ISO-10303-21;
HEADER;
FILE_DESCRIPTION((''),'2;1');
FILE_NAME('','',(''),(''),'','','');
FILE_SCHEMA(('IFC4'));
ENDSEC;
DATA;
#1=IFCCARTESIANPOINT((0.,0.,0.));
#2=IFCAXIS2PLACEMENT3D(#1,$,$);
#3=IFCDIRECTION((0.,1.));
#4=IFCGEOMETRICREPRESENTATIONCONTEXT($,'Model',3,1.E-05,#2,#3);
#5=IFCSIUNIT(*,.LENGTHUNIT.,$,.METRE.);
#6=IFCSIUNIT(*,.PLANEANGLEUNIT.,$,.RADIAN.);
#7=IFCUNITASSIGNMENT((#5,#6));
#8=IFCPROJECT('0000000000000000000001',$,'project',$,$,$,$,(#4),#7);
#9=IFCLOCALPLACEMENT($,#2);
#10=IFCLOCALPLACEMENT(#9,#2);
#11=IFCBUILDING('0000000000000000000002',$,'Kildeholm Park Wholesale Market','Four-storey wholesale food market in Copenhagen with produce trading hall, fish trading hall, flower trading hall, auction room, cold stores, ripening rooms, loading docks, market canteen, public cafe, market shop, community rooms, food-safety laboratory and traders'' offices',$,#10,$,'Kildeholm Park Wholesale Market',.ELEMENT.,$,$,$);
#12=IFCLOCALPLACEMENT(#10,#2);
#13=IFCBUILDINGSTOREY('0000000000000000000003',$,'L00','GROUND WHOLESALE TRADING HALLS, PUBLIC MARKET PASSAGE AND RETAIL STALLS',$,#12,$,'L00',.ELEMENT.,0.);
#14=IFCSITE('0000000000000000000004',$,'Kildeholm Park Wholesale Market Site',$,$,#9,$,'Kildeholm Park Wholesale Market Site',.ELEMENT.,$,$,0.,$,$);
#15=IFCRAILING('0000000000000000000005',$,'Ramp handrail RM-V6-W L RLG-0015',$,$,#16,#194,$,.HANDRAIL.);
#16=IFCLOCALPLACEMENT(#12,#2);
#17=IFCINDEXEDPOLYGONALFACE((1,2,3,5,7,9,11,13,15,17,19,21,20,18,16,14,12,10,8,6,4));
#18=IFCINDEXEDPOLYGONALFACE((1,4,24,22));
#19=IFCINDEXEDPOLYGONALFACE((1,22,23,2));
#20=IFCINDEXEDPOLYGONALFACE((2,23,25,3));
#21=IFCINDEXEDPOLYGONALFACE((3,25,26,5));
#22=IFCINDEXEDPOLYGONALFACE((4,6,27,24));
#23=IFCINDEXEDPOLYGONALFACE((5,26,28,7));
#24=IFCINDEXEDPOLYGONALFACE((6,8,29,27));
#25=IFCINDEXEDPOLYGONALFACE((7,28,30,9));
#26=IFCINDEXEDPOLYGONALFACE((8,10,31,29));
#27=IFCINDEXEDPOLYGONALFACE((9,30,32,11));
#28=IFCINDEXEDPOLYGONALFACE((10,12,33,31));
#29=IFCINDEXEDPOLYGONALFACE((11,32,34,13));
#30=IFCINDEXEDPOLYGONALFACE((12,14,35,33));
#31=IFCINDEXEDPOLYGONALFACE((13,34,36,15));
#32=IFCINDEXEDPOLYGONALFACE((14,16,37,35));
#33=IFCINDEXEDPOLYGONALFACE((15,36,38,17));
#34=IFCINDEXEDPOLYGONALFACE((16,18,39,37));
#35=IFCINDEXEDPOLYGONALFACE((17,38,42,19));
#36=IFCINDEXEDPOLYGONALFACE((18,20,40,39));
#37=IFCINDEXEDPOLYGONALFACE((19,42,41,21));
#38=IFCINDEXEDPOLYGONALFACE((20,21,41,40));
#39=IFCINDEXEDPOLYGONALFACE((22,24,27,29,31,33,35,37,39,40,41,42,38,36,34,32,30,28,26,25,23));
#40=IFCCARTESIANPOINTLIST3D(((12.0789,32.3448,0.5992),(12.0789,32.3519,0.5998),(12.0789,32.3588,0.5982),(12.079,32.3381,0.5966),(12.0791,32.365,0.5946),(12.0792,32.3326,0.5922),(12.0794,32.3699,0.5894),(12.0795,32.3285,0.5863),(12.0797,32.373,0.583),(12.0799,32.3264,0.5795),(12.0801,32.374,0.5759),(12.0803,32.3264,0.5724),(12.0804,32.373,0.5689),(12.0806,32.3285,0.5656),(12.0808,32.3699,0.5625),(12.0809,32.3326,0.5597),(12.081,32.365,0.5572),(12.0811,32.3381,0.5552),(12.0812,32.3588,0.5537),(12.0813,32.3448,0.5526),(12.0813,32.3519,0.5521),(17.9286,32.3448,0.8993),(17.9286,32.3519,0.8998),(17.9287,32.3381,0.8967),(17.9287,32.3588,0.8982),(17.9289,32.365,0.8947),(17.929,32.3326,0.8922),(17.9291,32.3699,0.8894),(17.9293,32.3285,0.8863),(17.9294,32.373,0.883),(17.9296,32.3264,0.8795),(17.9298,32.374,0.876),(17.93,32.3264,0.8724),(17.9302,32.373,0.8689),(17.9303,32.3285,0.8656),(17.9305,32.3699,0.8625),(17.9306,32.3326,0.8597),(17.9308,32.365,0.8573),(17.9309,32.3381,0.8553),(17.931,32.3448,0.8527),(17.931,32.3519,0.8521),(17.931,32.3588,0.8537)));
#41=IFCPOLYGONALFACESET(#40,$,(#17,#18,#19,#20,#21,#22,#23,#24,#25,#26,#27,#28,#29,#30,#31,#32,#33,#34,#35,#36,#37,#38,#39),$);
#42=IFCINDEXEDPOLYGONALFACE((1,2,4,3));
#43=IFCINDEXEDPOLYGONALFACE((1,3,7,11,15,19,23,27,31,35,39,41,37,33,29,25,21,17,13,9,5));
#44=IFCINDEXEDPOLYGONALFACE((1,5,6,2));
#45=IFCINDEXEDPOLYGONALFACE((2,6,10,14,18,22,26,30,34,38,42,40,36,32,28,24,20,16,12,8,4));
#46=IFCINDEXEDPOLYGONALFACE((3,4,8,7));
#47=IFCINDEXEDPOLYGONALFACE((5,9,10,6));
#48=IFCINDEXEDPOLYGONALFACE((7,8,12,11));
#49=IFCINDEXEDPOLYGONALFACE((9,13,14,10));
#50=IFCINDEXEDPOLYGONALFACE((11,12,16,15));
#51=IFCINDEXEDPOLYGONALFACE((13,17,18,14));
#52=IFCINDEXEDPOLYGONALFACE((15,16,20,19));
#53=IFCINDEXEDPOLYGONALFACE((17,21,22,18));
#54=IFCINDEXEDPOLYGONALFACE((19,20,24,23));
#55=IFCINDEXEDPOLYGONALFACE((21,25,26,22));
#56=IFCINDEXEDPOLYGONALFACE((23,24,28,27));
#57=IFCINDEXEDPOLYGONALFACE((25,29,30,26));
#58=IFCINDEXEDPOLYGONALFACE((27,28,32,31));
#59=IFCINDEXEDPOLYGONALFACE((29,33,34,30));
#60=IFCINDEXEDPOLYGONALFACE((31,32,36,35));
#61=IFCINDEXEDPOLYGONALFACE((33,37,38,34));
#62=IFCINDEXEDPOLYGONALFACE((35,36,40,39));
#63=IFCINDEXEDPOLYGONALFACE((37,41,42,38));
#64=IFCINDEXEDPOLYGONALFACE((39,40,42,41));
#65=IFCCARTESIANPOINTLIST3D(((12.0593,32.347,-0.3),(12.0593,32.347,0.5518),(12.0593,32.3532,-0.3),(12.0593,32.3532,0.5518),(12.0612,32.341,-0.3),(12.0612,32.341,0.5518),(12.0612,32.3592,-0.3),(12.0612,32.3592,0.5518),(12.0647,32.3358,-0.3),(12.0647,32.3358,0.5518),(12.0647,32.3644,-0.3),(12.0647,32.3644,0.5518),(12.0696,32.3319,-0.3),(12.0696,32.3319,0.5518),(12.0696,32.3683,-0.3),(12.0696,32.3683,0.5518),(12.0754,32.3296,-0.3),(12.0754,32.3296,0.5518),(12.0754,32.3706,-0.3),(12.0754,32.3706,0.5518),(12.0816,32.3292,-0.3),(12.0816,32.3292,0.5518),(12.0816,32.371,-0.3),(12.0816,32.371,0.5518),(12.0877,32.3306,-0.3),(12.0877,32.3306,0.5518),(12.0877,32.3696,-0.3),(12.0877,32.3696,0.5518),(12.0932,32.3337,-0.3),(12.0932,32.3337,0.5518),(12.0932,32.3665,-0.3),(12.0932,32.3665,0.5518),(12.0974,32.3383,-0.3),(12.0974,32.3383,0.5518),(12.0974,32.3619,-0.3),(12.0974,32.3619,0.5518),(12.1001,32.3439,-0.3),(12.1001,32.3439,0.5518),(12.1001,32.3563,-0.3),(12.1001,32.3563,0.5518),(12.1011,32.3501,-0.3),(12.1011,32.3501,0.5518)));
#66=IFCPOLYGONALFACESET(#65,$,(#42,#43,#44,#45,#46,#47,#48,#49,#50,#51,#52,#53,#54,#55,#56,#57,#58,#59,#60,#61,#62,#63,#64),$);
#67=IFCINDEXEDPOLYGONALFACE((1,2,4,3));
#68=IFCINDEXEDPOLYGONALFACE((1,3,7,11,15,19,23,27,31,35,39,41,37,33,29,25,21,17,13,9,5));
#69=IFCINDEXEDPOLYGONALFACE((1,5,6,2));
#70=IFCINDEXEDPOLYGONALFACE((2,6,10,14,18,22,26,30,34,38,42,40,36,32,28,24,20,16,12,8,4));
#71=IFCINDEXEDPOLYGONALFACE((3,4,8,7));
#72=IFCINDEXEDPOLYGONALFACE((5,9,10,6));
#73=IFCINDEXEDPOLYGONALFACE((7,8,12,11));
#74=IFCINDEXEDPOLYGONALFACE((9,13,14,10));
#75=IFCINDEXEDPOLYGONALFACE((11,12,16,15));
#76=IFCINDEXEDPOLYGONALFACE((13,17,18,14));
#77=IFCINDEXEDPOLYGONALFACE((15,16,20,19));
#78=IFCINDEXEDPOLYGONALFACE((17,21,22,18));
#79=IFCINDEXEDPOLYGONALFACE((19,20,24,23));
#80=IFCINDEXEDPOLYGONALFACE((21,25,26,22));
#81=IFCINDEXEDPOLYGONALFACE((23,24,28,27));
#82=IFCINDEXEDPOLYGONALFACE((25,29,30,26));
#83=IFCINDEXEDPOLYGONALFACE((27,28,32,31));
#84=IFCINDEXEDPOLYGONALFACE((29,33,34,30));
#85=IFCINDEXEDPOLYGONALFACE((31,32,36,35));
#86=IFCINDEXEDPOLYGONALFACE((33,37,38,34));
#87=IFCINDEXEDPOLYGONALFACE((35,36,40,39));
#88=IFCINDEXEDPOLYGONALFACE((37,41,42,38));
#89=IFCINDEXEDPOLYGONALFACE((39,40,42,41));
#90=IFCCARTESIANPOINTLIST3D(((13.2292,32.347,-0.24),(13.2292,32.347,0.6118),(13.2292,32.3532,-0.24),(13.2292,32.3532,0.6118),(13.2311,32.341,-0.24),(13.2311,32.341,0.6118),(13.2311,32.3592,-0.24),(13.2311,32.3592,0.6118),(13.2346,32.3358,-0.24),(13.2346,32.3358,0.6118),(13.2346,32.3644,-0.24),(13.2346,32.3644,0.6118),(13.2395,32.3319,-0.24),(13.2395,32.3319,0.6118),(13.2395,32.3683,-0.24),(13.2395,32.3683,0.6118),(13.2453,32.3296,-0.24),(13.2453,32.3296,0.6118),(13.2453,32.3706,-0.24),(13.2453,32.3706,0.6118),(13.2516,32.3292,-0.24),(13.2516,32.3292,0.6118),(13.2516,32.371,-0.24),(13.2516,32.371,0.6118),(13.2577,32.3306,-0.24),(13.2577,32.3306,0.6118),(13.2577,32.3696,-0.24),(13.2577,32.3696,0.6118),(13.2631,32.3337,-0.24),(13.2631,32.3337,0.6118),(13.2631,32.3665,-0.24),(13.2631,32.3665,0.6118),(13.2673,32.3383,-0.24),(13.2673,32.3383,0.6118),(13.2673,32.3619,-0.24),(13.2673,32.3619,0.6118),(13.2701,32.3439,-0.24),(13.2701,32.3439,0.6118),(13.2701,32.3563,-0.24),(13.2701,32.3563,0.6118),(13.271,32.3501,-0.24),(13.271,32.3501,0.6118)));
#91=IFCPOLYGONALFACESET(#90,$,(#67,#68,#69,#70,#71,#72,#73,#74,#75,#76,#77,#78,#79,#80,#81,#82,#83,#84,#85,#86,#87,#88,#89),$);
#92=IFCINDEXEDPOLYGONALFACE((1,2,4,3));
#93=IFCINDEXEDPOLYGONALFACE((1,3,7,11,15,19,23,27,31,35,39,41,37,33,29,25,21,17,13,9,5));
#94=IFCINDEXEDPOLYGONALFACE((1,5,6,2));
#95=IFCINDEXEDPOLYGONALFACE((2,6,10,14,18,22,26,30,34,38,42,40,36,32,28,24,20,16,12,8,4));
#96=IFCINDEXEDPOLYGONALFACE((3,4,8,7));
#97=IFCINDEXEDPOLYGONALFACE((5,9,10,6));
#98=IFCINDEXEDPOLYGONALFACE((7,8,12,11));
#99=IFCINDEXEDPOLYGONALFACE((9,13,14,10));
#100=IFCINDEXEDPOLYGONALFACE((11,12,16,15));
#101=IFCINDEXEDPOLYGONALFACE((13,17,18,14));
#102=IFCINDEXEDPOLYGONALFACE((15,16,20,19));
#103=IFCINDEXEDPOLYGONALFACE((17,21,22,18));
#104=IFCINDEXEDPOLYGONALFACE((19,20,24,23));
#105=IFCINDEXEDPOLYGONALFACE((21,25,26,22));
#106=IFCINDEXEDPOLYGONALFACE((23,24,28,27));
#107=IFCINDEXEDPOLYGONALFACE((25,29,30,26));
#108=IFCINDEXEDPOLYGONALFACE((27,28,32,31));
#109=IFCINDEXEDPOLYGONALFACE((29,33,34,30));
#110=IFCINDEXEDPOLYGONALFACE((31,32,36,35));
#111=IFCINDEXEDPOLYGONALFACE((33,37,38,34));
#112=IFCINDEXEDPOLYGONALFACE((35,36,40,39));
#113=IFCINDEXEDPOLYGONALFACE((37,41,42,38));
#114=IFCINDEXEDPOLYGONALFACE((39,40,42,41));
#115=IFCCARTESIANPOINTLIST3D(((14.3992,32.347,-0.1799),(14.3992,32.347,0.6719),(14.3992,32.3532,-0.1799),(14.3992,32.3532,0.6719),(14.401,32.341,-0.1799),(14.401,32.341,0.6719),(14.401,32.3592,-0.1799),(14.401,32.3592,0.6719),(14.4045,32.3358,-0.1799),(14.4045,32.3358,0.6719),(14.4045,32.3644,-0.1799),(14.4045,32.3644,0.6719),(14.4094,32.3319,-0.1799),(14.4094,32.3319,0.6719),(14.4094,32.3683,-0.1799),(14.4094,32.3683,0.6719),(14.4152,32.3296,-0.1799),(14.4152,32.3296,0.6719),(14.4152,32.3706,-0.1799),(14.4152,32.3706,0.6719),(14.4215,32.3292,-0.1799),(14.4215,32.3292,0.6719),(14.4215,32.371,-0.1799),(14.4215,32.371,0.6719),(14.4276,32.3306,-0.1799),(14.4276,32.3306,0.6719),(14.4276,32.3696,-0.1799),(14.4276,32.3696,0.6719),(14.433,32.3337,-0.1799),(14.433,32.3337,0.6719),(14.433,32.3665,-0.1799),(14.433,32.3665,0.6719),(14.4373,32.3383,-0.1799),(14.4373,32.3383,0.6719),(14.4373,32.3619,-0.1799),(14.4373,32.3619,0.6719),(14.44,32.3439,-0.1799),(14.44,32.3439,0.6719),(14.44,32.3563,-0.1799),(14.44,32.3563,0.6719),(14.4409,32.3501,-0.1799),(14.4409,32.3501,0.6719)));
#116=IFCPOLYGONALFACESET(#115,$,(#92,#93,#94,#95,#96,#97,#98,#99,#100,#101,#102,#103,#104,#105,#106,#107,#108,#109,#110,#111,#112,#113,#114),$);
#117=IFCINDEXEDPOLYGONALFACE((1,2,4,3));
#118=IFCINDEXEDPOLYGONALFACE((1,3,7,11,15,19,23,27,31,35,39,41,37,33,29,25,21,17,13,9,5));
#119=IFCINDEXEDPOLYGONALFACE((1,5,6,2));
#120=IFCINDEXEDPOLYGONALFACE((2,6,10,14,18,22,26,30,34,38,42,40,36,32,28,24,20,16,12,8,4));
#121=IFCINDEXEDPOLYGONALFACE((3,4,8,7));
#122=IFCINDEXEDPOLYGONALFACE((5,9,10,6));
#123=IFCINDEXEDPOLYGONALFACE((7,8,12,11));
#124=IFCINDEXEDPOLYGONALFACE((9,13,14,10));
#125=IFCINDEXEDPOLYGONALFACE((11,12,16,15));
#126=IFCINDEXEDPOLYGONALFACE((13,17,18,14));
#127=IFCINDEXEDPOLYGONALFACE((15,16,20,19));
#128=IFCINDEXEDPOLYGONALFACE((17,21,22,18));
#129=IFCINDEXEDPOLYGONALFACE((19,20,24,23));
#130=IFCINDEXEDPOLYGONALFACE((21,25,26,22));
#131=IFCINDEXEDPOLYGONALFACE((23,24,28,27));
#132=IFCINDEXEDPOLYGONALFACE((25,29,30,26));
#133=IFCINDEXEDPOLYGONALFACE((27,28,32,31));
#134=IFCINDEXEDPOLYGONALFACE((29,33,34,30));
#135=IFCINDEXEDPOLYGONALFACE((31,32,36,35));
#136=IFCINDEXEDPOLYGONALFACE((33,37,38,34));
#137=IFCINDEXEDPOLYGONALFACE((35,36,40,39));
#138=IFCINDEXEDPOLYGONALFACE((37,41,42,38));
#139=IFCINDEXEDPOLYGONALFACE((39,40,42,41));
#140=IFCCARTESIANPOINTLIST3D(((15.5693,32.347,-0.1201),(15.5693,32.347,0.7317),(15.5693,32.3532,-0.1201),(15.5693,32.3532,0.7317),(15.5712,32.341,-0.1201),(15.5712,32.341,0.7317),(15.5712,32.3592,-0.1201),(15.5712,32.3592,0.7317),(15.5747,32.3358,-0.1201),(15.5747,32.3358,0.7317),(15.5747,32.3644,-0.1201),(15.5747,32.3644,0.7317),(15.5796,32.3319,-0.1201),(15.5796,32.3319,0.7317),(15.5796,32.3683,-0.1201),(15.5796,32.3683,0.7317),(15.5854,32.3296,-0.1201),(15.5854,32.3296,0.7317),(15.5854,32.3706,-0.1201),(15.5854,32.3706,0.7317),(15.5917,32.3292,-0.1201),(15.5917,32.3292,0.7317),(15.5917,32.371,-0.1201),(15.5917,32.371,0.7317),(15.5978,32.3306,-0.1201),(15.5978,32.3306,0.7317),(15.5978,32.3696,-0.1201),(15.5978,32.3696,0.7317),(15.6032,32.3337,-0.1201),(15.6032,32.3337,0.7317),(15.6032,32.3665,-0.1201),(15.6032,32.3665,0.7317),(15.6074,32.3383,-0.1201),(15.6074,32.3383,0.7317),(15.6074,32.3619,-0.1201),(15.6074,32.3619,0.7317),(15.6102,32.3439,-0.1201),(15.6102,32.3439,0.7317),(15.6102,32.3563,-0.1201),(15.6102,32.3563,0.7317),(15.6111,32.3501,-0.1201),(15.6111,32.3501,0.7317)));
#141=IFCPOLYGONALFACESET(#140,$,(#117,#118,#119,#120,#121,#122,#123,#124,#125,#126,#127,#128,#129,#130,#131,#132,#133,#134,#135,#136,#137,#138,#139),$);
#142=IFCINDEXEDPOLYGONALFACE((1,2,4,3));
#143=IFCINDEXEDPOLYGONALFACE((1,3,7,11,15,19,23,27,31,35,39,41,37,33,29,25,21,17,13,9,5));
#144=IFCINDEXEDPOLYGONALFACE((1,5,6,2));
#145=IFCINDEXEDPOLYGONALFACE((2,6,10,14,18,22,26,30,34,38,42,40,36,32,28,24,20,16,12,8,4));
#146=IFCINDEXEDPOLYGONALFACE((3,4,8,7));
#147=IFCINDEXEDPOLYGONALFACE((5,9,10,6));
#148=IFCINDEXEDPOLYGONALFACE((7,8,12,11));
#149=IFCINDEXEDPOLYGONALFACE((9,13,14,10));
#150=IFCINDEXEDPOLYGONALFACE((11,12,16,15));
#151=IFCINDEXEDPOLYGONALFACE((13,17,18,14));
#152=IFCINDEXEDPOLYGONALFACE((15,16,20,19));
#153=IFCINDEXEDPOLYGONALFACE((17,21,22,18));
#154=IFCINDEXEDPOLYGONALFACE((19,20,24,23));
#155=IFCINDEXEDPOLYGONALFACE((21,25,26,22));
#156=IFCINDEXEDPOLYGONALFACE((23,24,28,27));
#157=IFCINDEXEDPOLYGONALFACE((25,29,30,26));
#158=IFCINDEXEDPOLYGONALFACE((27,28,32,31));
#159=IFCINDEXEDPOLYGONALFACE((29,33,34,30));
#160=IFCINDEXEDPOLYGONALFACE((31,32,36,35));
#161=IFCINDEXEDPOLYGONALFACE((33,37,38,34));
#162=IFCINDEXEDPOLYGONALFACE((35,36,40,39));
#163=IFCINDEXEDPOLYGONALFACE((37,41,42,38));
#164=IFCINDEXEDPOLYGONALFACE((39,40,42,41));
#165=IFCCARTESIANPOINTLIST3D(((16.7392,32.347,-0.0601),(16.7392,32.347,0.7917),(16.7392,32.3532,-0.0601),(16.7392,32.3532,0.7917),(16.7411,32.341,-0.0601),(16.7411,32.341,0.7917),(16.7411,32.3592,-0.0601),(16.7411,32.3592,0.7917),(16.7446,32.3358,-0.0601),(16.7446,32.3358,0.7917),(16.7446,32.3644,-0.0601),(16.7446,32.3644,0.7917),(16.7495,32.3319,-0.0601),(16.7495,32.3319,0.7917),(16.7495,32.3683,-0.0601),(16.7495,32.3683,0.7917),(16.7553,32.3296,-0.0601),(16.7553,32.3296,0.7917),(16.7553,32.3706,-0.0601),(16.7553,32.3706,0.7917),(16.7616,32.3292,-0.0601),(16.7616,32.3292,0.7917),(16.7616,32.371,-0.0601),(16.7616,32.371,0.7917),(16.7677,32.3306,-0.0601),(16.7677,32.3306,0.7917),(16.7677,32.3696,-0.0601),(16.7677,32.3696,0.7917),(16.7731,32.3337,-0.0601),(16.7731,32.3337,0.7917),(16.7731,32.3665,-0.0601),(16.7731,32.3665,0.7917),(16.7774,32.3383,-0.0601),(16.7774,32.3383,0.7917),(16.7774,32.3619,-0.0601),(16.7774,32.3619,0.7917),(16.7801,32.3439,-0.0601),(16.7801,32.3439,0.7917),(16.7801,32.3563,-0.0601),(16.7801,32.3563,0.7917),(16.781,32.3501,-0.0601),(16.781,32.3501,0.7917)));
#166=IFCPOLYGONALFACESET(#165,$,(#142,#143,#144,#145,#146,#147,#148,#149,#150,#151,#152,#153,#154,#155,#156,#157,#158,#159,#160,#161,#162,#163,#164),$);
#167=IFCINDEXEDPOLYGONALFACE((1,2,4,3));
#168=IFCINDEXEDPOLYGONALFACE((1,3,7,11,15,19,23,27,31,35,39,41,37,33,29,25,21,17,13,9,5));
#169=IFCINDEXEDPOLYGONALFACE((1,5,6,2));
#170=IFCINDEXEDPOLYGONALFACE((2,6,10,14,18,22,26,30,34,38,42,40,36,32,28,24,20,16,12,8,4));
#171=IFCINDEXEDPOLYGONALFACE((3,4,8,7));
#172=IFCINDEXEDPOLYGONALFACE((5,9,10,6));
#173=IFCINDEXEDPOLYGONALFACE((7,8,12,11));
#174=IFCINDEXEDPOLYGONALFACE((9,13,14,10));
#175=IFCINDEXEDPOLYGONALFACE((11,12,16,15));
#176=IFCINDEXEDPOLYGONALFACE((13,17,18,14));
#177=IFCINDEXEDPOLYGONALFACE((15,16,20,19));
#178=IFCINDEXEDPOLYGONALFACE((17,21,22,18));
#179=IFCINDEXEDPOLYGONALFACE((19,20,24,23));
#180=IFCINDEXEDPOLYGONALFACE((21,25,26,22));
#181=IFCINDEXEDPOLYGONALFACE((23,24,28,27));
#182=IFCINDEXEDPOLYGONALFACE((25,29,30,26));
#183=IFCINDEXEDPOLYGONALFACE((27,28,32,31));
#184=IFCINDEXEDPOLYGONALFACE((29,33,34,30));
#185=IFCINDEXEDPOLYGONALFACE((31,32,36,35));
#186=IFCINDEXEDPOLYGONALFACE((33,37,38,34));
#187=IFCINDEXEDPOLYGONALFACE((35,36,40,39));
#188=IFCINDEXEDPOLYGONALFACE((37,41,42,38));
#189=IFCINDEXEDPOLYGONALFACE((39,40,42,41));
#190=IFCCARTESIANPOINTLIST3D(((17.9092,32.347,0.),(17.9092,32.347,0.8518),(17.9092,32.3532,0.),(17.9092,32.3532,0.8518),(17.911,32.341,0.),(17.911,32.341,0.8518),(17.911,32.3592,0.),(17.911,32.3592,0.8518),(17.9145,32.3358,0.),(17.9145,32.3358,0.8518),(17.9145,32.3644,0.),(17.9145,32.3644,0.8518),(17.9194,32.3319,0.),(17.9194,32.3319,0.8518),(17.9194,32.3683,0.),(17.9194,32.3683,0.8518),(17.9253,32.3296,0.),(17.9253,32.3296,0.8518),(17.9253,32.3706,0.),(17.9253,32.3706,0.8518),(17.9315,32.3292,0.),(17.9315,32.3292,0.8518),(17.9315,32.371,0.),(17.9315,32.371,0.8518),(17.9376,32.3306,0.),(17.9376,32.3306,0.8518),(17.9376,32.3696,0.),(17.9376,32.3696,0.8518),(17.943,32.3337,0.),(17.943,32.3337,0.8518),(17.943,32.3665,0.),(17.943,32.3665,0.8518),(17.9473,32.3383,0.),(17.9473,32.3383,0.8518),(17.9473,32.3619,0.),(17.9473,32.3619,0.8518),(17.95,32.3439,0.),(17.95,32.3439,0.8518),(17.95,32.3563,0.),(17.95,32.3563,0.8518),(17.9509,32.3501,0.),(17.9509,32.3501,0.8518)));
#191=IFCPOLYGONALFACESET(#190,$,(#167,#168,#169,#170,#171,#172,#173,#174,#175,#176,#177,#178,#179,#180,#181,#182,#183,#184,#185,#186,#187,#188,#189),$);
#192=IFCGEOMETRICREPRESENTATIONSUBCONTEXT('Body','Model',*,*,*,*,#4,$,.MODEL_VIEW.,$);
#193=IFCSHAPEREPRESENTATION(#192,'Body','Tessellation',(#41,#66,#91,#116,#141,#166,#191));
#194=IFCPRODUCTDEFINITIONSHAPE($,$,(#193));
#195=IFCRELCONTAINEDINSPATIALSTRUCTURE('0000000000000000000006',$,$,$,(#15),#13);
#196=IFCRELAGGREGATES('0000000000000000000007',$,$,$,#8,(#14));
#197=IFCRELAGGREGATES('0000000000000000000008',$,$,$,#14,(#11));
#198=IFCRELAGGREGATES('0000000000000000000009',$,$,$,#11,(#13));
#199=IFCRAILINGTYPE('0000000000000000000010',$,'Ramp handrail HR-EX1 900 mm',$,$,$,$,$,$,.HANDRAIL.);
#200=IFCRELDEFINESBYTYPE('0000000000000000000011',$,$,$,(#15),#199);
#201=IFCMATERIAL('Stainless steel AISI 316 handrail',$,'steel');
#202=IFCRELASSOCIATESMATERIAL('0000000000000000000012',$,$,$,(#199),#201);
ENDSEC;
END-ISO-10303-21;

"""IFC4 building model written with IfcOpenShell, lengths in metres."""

from ifc_helpers import new_model, si_unit, direction, frame, origin, origin_2d, place, context, subcontext, project, spatial, circle, extrude, material, type_object, element, save


model = new_model("IFC4")

# Units and contexts
model_context = context("Model", 3, precision=1e-05, world=origin(), true_north=direction((0.0, 1.0)))
body_context = subcontext(model_context, "Body", "Model", "MODEL_VIEW")
ifc_project = project(units=[si_unit("LENGTHUNIT", "METRE"), si_unit("PLANEANGLEUNIT", "RADIAN")], contexts=[model_context])

# Site, building, storey
site_placement = place(None, origin())
site = spatial("IfcSite", under=ifc_project, at=site_placement, Name="Kildeholm Park Wholesale Market Site", LongName="Kildeholm Park Wholesale Market Site", CompositionType="ELEMENT", RefElevation=0.0)
building_placement = place(site_placement, origin())
building = spatial("IfcBuilding", under=site, at=building_placement, Name="Kildeholm Park Wholesale Market", Description="Four-storey wholesale food market in Copenhagen with produce trading hall, fish trading hall, flower trading hall, auction room, cold stores, ripening rooms, loading docks, market canteen, public cafe, market shop, community rooms, food-safety laboratory and traders' offices", LongName="Kildeholm Park Wholesale Market", CompositionType="ELEMENT")
storey_placement = place(building_placement, origin())
storey = spatial("IfcBuildingStorey", under=building, at=storey_placement, Name="L00", Description="GROUND WHOLESALE TRADING HALLS, PUBLIC MARKET PASSAGE AND RETAIL STALLS", LongName="L00", CompositionType="ELEMENT", Elevation=0.0)

# Railing
ifc_material_1 = material(Name="Stainless steel AISI 316 handrail", Category="steel")
railing_type = type_object("IfcRailingType", Name="Ramp handrail HR-EX1 900 mm", PredefinedType="HANDRAIL", material=ifc_material_1)
for number, where, name in (
    (1, (12.0801, 32.3501, -0.3), "Ramp handrail RM-V6-W L RLG-0015"),
):
    element("IfcRailing", number, at=place(storey_placement, frame(where)), inside=storey, type_object=railing_type, Name=name, PredefinedType="HANDRAIL", context=body_context, shape_type="SweptSolid", body=[
        extrude(circle(Radius=0.0239, at=origin_2d()), frame((0.0, 0.0, 0.876), z_axis=(0.998687, 0.0, 0.051224), x_axis=(0.0, 1.0, 0.0)), (0.0, 0.0, 1.0), 5.8574),
        extrude(circle(Radius=0.021, at=origin_2d()), origin(), (0.0, 0.0, 1.0), 0.8518),
        extrude(circle(Radius=0.021, at=origin_2d()), frame((1.1699, 0.0, 0.0601)), (0.0, 0.0, 1.0), 0.8518),
        extrude(circle(Radius=0.021, at=origin_2d()), frame((2.3398, 0.0, 0.1201)), (0.0, 0.0, 1.0), 0.8518),
        extrude(circle(Radius=0.021, at=origin_2d()), frame((3.51, 0.0, 0.1799)), (0.0, 0.0, 1.0), 0.8518),
        extrude(circle(Radius=0.021, at=origin_2d()), frame((4.6799, 0.0, 0.24)), (0.0, 0.0, 1.0), 0.8518),
        extrude(circle(Radius=0.021, at=origin_2d()), frame((5.8499, 0.0, 0.3)), (0.0, 0.0, 1.0), 0.8518),
    ])

save(model, "model.ifc")
